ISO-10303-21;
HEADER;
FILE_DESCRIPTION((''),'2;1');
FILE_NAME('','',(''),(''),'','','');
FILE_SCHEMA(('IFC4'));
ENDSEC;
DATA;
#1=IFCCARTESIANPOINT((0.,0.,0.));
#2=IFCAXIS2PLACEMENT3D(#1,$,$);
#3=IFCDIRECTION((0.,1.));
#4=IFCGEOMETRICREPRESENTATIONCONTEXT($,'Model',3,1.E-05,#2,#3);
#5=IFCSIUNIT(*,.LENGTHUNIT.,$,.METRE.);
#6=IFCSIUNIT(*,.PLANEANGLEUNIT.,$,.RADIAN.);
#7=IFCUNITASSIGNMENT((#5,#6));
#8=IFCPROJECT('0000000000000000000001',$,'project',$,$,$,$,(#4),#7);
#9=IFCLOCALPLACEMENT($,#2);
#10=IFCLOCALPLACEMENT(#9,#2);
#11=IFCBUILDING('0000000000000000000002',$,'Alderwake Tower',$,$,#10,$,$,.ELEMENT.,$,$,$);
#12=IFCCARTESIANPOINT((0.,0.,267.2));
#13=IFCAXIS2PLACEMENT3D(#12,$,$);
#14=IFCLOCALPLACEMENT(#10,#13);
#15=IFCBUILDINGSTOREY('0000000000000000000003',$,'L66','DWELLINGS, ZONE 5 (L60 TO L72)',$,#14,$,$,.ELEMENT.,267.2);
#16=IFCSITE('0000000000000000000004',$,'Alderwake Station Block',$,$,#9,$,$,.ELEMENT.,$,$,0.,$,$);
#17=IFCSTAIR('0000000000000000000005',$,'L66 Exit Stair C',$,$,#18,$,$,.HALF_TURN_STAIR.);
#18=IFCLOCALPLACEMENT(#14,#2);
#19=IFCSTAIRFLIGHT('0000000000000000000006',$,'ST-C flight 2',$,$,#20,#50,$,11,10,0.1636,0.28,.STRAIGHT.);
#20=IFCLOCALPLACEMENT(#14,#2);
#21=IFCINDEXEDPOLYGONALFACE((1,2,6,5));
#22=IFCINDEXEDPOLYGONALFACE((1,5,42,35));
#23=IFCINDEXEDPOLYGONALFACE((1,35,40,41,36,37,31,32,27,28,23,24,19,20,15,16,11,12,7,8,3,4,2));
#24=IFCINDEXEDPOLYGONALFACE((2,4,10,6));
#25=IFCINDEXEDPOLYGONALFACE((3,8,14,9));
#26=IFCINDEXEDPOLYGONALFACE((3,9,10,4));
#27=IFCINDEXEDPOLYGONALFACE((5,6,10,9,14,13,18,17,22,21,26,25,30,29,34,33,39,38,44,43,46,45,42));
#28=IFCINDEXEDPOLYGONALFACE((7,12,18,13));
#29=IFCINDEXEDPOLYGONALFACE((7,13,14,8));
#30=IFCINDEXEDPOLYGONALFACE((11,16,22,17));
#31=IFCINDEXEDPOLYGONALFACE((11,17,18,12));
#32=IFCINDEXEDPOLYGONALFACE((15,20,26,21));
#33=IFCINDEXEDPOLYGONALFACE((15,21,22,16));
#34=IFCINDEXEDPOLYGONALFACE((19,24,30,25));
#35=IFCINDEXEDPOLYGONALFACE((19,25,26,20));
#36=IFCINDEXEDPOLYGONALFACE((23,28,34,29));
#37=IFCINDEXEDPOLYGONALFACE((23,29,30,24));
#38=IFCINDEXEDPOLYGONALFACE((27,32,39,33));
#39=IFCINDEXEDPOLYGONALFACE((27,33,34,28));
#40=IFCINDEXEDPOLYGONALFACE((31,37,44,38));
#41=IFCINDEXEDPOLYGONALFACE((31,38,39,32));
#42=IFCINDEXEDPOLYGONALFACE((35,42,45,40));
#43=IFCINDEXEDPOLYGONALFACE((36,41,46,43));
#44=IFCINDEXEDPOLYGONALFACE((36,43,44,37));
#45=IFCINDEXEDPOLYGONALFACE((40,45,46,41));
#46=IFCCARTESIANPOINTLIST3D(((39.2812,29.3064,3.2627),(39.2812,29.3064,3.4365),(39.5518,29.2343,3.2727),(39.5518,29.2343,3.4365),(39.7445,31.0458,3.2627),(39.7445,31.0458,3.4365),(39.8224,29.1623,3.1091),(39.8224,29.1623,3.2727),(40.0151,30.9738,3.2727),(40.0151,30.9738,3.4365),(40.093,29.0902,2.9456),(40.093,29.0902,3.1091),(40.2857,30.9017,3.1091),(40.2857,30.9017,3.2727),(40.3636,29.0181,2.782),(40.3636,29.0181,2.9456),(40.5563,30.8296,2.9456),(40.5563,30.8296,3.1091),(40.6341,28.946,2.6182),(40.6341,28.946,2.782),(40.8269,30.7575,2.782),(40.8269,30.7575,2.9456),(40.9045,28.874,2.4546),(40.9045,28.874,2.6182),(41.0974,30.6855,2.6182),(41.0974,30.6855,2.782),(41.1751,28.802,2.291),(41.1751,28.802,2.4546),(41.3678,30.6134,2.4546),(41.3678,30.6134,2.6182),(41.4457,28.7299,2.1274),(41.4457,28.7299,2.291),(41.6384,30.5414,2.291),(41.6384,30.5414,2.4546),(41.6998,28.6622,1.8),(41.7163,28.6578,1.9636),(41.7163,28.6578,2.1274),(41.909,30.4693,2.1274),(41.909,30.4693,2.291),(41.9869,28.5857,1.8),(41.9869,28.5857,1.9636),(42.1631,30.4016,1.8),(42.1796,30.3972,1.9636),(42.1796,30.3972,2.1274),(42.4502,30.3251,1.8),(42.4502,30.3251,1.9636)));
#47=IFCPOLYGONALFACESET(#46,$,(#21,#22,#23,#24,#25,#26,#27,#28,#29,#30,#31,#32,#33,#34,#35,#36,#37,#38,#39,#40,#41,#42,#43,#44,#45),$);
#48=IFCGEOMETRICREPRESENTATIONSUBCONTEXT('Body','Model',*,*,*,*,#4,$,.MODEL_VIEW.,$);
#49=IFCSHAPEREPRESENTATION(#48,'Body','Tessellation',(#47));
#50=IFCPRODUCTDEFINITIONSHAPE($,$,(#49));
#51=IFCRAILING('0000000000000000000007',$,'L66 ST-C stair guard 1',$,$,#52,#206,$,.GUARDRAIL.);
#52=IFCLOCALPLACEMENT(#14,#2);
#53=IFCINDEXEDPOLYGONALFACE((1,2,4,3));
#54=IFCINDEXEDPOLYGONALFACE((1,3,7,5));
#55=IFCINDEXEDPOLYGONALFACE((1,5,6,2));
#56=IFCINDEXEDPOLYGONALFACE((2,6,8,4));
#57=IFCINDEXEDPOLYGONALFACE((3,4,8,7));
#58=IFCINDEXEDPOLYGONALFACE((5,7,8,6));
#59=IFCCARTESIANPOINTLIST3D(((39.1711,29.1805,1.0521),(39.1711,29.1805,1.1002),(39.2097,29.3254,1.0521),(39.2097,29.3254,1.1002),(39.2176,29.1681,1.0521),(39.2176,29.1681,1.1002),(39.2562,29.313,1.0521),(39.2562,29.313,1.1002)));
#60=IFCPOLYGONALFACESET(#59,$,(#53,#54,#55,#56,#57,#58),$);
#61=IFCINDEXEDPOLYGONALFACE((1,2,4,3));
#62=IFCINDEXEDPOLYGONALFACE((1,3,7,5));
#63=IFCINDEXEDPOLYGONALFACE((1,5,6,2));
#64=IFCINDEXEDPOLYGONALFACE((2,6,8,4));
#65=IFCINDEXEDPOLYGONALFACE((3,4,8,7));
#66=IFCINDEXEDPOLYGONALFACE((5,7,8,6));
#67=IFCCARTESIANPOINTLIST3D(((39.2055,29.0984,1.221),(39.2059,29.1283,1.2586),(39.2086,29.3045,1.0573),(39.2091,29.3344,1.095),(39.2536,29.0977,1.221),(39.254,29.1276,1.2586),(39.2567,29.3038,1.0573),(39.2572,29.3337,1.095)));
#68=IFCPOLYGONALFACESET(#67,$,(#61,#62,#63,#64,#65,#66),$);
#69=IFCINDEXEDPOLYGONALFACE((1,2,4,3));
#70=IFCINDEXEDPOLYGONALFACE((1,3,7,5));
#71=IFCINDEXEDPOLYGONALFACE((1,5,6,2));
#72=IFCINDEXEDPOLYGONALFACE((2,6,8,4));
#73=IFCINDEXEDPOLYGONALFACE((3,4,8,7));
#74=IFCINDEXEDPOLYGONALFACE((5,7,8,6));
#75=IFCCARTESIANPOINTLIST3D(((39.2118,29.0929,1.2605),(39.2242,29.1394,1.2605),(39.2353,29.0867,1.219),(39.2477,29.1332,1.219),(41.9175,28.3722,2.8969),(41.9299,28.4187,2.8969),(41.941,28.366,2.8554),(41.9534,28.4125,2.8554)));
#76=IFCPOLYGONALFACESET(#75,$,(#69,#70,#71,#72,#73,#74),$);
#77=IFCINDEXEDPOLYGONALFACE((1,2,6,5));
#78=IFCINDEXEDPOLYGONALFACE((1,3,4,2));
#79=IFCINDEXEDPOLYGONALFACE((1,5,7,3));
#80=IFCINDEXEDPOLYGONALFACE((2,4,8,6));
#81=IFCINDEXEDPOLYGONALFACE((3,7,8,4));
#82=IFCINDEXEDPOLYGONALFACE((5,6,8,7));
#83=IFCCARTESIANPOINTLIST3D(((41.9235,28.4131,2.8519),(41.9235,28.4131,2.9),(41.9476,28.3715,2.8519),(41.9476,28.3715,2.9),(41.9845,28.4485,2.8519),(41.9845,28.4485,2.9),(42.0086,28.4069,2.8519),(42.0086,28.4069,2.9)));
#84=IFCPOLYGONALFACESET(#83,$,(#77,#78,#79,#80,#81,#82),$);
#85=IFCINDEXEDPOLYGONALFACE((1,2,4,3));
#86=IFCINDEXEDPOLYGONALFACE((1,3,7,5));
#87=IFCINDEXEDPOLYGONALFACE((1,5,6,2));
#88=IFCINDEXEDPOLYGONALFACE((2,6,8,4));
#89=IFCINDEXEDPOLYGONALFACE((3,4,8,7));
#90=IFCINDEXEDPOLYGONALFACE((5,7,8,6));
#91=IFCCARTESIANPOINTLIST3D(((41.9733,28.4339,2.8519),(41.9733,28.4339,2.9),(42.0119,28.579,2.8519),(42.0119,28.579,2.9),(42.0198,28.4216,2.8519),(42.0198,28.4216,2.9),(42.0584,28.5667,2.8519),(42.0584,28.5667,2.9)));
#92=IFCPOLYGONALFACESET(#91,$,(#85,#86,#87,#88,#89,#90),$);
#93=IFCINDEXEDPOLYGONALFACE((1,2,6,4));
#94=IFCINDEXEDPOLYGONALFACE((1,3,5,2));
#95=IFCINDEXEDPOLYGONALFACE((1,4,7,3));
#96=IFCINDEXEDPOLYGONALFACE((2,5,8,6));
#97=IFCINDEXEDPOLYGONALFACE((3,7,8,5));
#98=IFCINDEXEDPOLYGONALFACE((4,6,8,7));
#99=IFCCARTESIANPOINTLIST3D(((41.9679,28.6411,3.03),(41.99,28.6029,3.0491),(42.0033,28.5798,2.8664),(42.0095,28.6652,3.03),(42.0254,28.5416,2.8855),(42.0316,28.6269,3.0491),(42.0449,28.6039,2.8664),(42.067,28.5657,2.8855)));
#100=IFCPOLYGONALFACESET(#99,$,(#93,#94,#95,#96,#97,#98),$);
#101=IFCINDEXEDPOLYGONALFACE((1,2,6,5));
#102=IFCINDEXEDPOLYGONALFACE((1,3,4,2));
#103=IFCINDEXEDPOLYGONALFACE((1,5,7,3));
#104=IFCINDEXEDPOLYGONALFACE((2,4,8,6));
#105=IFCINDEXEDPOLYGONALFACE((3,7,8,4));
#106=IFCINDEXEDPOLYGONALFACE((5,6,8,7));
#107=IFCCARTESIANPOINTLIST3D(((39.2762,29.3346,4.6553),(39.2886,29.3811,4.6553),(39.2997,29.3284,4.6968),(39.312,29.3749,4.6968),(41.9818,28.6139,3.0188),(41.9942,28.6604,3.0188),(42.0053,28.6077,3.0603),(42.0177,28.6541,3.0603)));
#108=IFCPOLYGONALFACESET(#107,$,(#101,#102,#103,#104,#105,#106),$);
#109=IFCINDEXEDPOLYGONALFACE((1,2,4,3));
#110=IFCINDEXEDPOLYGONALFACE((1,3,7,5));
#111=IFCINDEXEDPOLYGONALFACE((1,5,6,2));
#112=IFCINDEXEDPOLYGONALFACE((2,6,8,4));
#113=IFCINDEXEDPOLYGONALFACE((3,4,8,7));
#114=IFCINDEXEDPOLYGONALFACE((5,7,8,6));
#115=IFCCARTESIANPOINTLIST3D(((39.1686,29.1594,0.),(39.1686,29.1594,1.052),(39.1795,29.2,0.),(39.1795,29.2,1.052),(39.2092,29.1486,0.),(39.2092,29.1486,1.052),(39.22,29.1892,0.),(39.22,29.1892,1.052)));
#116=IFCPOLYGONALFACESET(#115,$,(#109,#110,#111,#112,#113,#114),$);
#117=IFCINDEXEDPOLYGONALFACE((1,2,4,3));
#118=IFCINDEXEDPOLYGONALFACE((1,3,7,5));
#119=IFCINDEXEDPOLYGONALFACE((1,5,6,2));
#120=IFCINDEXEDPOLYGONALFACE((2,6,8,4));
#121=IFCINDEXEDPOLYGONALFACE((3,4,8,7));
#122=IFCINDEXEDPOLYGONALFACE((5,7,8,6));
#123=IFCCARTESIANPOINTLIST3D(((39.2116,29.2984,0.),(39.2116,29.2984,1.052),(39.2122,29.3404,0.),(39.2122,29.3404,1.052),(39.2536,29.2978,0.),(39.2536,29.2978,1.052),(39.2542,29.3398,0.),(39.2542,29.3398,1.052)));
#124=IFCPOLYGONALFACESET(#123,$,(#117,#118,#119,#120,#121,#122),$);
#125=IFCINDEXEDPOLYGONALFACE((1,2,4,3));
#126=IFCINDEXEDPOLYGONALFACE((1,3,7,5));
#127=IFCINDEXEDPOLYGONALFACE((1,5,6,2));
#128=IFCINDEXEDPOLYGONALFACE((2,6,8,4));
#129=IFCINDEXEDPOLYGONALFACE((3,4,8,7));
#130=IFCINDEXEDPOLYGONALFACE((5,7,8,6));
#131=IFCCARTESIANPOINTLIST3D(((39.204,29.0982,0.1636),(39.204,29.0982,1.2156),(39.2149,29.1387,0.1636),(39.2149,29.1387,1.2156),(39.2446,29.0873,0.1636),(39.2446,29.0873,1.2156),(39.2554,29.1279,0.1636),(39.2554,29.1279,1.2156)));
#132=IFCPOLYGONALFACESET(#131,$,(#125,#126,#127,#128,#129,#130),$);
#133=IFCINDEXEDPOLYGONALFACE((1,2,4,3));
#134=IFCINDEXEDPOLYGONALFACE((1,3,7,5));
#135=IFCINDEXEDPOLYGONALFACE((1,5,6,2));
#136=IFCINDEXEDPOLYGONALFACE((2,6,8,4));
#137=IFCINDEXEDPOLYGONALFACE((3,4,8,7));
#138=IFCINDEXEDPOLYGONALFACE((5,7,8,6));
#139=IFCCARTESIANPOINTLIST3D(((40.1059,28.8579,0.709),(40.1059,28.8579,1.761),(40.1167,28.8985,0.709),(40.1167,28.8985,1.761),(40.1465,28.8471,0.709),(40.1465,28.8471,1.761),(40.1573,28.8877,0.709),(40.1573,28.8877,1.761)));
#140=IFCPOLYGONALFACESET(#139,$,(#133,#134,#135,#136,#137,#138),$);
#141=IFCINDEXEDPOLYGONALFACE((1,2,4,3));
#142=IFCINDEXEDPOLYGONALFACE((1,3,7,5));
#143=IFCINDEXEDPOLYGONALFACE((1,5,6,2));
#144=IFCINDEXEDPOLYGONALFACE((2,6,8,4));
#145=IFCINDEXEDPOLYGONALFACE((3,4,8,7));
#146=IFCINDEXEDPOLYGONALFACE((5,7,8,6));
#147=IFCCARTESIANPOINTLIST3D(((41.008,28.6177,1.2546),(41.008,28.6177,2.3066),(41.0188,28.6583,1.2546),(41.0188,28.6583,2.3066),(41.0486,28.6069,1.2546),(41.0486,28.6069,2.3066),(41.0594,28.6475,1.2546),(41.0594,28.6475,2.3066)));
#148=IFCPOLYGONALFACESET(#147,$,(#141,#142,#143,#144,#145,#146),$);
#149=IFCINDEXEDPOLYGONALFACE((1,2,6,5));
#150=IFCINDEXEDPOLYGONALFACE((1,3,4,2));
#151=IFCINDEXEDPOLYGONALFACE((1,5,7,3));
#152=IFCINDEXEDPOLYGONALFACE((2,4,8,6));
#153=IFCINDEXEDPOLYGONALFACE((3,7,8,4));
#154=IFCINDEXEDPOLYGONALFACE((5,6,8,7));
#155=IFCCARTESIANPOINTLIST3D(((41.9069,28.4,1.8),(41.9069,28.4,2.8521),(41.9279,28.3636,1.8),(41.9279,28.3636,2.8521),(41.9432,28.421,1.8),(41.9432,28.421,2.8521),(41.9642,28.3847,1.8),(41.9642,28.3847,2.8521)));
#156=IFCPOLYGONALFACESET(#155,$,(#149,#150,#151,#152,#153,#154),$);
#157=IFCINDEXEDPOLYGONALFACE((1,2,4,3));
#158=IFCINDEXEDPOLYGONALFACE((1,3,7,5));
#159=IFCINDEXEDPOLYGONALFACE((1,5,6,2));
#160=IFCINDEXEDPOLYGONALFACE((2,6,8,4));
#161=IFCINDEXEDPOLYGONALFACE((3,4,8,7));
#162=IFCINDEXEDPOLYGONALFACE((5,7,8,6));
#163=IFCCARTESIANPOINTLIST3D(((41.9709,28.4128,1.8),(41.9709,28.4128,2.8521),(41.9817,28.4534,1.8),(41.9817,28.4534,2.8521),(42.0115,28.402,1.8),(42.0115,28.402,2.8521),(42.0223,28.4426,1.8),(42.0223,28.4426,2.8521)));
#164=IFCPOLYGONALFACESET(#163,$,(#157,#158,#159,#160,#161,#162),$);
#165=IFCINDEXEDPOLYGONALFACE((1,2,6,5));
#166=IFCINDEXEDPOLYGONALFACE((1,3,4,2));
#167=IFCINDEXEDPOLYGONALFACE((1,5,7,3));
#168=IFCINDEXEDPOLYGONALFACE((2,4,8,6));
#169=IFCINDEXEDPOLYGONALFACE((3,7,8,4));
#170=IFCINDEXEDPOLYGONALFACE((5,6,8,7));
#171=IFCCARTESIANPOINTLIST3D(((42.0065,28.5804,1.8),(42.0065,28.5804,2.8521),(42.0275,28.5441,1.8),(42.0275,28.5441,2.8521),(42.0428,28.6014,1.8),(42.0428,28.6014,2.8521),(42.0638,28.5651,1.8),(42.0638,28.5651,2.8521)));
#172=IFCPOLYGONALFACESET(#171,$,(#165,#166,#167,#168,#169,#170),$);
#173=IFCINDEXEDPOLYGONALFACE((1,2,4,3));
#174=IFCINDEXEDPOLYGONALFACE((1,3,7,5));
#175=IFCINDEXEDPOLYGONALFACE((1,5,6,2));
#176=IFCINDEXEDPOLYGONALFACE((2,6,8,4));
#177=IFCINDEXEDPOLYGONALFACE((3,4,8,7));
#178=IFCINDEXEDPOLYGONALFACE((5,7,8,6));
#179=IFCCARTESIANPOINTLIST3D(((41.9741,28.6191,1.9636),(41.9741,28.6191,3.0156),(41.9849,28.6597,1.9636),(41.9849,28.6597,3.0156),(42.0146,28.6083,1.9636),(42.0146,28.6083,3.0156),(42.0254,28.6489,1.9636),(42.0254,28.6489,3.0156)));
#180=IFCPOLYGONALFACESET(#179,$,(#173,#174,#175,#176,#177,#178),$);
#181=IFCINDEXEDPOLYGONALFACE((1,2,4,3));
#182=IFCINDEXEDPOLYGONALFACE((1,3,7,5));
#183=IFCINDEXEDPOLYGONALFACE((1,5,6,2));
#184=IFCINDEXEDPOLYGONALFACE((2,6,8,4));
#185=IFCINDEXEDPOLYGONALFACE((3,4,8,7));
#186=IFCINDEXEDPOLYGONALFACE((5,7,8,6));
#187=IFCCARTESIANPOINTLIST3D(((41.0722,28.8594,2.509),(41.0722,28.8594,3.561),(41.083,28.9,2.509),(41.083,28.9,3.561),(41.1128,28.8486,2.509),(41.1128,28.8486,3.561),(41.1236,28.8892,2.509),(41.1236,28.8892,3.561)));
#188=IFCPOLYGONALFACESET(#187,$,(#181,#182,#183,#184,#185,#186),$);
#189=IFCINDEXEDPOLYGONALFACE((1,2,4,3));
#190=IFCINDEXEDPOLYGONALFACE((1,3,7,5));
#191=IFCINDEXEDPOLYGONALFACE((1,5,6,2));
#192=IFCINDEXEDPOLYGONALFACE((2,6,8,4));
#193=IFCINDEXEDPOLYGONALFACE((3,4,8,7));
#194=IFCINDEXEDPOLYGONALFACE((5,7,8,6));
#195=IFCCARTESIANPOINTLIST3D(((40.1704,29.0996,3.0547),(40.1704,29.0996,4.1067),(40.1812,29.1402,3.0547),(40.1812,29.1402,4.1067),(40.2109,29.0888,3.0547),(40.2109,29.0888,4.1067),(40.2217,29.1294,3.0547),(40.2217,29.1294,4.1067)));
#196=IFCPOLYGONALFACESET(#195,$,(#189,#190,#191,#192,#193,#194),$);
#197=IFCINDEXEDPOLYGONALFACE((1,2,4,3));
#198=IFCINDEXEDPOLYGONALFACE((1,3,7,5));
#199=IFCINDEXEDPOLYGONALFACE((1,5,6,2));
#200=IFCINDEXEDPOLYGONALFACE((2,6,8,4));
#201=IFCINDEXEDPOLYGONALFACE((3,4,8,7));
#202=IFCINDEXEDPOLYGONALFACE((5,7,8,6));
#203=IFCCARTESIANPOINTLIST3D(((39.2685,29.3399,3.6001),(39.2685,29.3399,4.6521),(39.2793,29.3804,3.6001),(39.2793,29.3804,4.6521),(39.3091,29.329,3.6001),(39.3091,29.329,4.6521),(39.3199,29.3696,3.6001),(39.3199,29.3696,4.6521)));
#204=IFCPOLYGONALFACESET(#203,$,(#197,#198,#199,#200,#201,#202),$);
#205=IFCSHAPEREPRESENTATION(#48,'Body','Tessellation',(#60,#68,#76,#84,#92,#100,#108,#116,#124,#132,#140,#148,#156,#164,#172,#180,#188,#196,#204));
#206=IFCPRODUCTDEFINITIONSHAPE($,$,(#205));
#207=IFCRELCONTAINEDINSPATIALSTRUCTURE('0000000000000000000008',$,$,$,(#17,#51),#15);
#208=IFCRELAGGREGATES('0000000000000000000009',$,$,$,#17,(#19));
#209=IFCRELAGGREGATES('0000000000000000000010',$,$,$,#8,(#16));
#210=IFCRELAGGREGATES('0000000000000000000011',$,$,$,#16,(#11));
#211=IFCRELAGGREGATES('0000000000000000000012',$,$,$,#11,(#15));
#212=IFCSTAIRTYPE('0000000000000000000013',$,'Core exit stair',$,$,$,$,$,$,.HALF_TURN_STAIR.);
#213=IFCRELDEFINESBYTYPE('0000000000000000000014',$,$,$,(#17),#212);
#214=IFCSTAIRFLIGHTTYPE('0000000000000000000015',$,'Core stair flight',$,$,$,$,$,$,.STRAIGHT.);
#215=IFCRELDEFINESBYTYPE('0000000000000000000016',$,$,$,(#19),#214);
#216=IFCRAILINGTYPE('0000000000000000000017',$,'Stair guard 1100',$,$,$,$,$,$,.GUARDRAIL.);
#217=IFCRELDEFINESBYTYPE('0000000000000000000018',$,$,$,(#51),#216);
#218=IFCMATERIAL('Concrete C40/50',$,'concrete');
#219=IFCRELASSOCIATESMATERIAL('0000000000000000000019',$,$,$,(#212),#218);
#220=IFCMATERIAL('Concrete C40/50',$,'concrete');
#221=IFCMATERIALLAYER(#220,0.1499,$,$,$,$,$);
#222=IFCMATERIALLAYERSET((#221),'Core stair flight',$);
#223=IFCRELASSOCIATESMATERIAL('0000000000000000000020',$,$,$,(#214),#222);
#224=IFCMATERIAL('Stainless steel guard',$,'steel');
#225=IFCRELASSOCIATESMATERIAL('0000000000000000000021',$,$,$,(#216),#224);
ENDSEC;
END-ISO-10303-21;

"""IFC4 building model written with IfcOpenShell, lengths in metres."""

from ifc_helpers import new_model, si_unit, direction, frame, origin, origin_2d, place, context, subcontext, project, spatial, polyline, rectangle, outline, extrude, material, layer, layer_set, type_object, element, aggregate, save


model = new_model("IFC4")

# Units and contexts
model_context = context("Model", 3, precision=1e-05, world=origin(), true_north=direction((0.0, 1.0)))
body_context = subcontext(model_context, "Body", "Model", "MODEL_VIEW")
ifc_project = project(units=[si_unit("LENGTHUNIT", "METRE"), si_unit("PLANEANGLEUNIT", "RADIAN")], contexts=[model_context])

# Site, building, storey
site_placement = place(None, origin())
site = spatial("IfcSite", under=ifc_project, at=site_placement, Name="Alderwake Station Block", CompositionType="ELEMENT", RefElevation=0.0)
building_placement = place(site_placement, origin())
building = spatial("IfcBuilding", under=site, at=building_placement, Name="Alderwake Tower", CompositionType="ELEMENT")
storey_placement = place(building_placement, frame((0.0, 0.0, 267.2)))
storey = spatial("IfcBuildingStorey", under=building, at=storey_placement, Name="L66", Description="DWELLINGS, ZONE 5 (L60 TO L72)", CompositionType="ELEMENT", Elevation=267.2)

# Stair, stair flight
ifc_material_1 = material(Name="Concrete C40/50", Category="concrete")
stair_type = type_object("IfcStairType", Name="Core exit stair", PredefinedType="HALF_TURN_STAIR", material=ifc_material_1)
stair_placement = place(storey_placement, origin())
stair = element("IfcStair", 1, at=stair_placement, inside=storey, type_object=stair_type, Name="L66 Exit Stair C", PredefinedType="HALF_TURN_STAIR")
ifc_material_2 = material(Name="Concrete C40/50", Category="concrete")
ifc_layer_1 = layer(ifc_material_2, 0.1499)
ifc_layer_set_1 = layer_set([ifc_layer_1], Name="Core stair flight")
stair_flight_type = type_object("IfcStairFlightType", Name="Core stair flight", PredefinedType="STRAIGHT", material=ifc_layer_set_1)
stair_flight_1_placement = place(storey_placement, frame((42.2185, 29.4553, 1.8), z_axis=(0.0, 0.0, 1.0), x_axis=(-0.96631, 0.257382, 0.0)))
stair_flight_1 = element("IfcStairFlight", 2, at=stair_flight_1_placement, type_object=stair_flight_type, Name="ST-C flight 2", NumberOfRisers=11, NumberOfTreads=10, PredefinedType="STRAIGHT", RiserHeight=0.1636, TreadLength=0.28, context=body_context, shape_type="SweptSolid", body=[
    extrude(outline(polyline([(0.0, 0.0), (0.0, 0.1636), (0.28, 0.1636), (0.28, 0.3274), (0.5601, 0.3274), (0.5601, 0.491), (0.8401, 0.491), (0.8401, 0.6545), (1.1201, 0.6545), (1.1201, 0.8181), (1.3999, 0.8181), (1.3999, 0.9819), (1.6799, 0.9819), (1.6799, 1.1455), (1.96, 1.1455), (1.96, 1.3091), (2.24, 1.3091), (2.24, 1.4727), (2.52, 1.4727), (2.52, 1.6365), (2.8, 1.6365), (2.8, 1.8), (2.8, 1.4626), (0.2971, 0.0), (0.0, 0.0)])), frame((0.0, 0.8999, 0.0), z_axis=(0.0, -1.0, 0.0), x_axis=(1.0, 0.0, 0.0)), (0.0, 0.0, 1.0), 1.8),
])
aggregate(stair, [stair_flight_1])

# Railing
ifc_material_3 = material(Name="Stainless steel guard", Category="steel")
railing_type_1 = type_object("IfcRailingType", Name="Stair guard 1100", PredefinedType="GUARDRAIL", material=ifc_material_3)
railing_1_placement = place(storey_placement, frame((39.1943, 29.1743, 0.0)))
element("IfcRailing", 3, at=railing_1_placement, inside=storey, type_object=railing_type_1, Name="L66 ST-C stair guard 1", PredefinedType="GUARDRAIL", context=body_context, shape_type="SweptSolid", body=[
    extrude(rectangle(XDim=0.0481, YDim=0.0481, at=origin_2d()), frame((0.0, 0.0, 1.0762), z_axis=(0.25746, 0.966289, 0.0), x_axis=(-0.966289, 0.25746, 0.0)), (0.0, 0.0, 1.0), 0.1499),
    extrude(rectangle(XDim=0.0481, YDim=0.0481, at=origin_2d()), frame((0.0386, 0.1448, 1.0762), z_axis=(-0.012063, -0.78316, 0.621703), x_axis=(0.999881, -0.015401, 0.0)), (0.0, 0.0, 1.0), 0.2632),
    extrude(rectangle(XDim=0.0481, YDim=0.0481, at=origin_2d()), frame((0.0354, -0.0613, 1.2397), z_axis=(0.834282, -0.222214, 0.504574), x_axis=(0.25738, 0.96631, 0.0)), (0.0, 0.0, 1.0), 3.2432),
    extrude(rectangle(XDim=0.0481, YDim=0.0481, at=origin_2d()), frame((2.7412, -0.782, 2.876), z_axis=(0.865031, 0.501718, 0.0), x_axis=(-0.501718, 0.865031, 0.0)), (0.0, 0.0, 1.0), 0.0706),
    extrude(rectangle(XDim=0.0481, YDim=0.0481, at=origin_2d()), frame((2.8022, -0.7466, 2.876), z_axis=(0.257055, 0.966397, 0.0), x_axis=(-0.966397, 0.257055, 0.0)), (0.0, 0.0, 1.0), 0.1501),
    extrude(rectangle(XDim=0.0481, YDim=0.0481, at=origin_2d()), frame((2.8408, -0.6016, 2.876), z_axis=(-0.198625, 0.343827, 0.917786), x_axis=(-0.865898, -0.50022, 0.0)), (0.0, 0.0, 1.0), 0.1782),
    extrude(rectangle(XDim=0.0481, YDim=0.0481, at=origin_2d()), frame((2.8054, -0.5403, 3.0396), z_axis=(-0.834259, 0.222228, 0.504605), x_axis=(-0.257402, -0.966304, 0.0)), (0.0, 0.0, 1.0), 3.2432),
    extrude(rectangle(XDim=0.042, YDim=0.042, at=origin_2d()), frame((0.0, 0.0, 0.0), z_axis=(0.0, 0.0, 1.0), x_axis=(0.25746, 0.966289, 0.0)), (0.0, 0.0, 1.0), 1.052),
    extrude(rectangle(XDim=0.042, YDim=0.042, at=origin_2d()), frame((0.0386, 0.1448, 0.0), z_axis=(0.0, 0.0, 1.0), x_axis=(-0.015401, -0.999881, 0.0)), (0.0, 0.0, 1.0), 1.052),
    extrude(rectangle(XDim=0.042, YDim=0.042, at=origin_2d()), frame((0.0354, -0.0613, 0.1636), z_axis=(0.0, 0.0, 1.0), x_axis=(0.96631, -0.25738, 0.0)), (0.0, 0.0, 1.0), 1.052),
    extrude(rectangle(XDim=0.042, YDim=0.042, at=origin_2d()), frame((0.9373, -0.3015, 0.709), z_axis=(0.0, 0.0, 1.0), x_axis=(0.96631, -0.25738, 0.0)), (0.0, 0.0, 1.0), 1.052),
    extrude(rectangle(XDim=0.042, YDim=0.042, at=origin_2d()), frame((1.8394, -0.5417, 1.2546), z_axis=(0.0, 0.0, 1.0), x_axis=(0.96631, -0.25738, 0.0)), (0.0, 0.0, 1.0), 1.052),
    extrude(rectangle(XDim=0.042, YDim=0.042, at=origin_2d()), frame((2.7412, -0.782, 1.8), z_axis=(0.0, 0.0, 1.0), x_axis=(0.865031, 0.501718, 0.0)), (0.0, 0.0, 1.0), 1.052),
    extrude(rectangle(XDim=0.042, YDim=0.042, at=origin_2d()), frame((2.8022, -0.7466, 1.8), z_axis=(0.0, 0.0, 1.0), x_axis=(0.257055, 0.966397, 0.0)), (0.0, 0.0, 1.0), 1.052),
    extrude(rectangle(XDim=0.042, YDim=0.042, at=origin_2d()), frame((2.8408, -0.6016, 1.8), z_axis=(0.0, 0.0, 1.0), x_axis=(-0.50022, 0.865898, 0.0)), (0.0, 0.0, 1.0), 1.052),
    extrude(rectangle(XDim=0.042, YDim=0.042, at=origin_2d()), frame((2.8054, -0.5403, 1.9636), z_axis=(0.0, 0.0, 1.0), x_axis=(-0.966304, 0.257402, 0.0)), (0.0, 0.0, 1.0), 1.052),
    extrude(rectangle(XDim=0.042, YDim=0.042, at=origin_2d()), frame((1.9036, -0.3, 2.509), z_axis=(0.0, 0.0, 1.0), x_axis=(-0.966304, 0.257402, 0.0)), (0.0, 0.0, 1.0), 1.052),
    extrude(rectangle(XDim=0.042, YDim=0.042, at=origin_2d()), frame((1.0017, -0.0598, 3.0547), z_axis=(0.0, 0.0, 1.0), x_axis=(-0.966304, 0.257402, 0.0)), (0.0, 0.0, 1.0), 1.052),
    extrude(rectangle(XDim=0.042, YDim=0.042, at=origin_2d()), frame((0.0999, 0.1804, 3.6001), z_axis=(0.0, 0.0, 1.0), x_axis=(-0.966304, 0.257402, 0.0)), (0.0, 0.0, 1.0), 1.052),
])

save(model, "model.ifc")
